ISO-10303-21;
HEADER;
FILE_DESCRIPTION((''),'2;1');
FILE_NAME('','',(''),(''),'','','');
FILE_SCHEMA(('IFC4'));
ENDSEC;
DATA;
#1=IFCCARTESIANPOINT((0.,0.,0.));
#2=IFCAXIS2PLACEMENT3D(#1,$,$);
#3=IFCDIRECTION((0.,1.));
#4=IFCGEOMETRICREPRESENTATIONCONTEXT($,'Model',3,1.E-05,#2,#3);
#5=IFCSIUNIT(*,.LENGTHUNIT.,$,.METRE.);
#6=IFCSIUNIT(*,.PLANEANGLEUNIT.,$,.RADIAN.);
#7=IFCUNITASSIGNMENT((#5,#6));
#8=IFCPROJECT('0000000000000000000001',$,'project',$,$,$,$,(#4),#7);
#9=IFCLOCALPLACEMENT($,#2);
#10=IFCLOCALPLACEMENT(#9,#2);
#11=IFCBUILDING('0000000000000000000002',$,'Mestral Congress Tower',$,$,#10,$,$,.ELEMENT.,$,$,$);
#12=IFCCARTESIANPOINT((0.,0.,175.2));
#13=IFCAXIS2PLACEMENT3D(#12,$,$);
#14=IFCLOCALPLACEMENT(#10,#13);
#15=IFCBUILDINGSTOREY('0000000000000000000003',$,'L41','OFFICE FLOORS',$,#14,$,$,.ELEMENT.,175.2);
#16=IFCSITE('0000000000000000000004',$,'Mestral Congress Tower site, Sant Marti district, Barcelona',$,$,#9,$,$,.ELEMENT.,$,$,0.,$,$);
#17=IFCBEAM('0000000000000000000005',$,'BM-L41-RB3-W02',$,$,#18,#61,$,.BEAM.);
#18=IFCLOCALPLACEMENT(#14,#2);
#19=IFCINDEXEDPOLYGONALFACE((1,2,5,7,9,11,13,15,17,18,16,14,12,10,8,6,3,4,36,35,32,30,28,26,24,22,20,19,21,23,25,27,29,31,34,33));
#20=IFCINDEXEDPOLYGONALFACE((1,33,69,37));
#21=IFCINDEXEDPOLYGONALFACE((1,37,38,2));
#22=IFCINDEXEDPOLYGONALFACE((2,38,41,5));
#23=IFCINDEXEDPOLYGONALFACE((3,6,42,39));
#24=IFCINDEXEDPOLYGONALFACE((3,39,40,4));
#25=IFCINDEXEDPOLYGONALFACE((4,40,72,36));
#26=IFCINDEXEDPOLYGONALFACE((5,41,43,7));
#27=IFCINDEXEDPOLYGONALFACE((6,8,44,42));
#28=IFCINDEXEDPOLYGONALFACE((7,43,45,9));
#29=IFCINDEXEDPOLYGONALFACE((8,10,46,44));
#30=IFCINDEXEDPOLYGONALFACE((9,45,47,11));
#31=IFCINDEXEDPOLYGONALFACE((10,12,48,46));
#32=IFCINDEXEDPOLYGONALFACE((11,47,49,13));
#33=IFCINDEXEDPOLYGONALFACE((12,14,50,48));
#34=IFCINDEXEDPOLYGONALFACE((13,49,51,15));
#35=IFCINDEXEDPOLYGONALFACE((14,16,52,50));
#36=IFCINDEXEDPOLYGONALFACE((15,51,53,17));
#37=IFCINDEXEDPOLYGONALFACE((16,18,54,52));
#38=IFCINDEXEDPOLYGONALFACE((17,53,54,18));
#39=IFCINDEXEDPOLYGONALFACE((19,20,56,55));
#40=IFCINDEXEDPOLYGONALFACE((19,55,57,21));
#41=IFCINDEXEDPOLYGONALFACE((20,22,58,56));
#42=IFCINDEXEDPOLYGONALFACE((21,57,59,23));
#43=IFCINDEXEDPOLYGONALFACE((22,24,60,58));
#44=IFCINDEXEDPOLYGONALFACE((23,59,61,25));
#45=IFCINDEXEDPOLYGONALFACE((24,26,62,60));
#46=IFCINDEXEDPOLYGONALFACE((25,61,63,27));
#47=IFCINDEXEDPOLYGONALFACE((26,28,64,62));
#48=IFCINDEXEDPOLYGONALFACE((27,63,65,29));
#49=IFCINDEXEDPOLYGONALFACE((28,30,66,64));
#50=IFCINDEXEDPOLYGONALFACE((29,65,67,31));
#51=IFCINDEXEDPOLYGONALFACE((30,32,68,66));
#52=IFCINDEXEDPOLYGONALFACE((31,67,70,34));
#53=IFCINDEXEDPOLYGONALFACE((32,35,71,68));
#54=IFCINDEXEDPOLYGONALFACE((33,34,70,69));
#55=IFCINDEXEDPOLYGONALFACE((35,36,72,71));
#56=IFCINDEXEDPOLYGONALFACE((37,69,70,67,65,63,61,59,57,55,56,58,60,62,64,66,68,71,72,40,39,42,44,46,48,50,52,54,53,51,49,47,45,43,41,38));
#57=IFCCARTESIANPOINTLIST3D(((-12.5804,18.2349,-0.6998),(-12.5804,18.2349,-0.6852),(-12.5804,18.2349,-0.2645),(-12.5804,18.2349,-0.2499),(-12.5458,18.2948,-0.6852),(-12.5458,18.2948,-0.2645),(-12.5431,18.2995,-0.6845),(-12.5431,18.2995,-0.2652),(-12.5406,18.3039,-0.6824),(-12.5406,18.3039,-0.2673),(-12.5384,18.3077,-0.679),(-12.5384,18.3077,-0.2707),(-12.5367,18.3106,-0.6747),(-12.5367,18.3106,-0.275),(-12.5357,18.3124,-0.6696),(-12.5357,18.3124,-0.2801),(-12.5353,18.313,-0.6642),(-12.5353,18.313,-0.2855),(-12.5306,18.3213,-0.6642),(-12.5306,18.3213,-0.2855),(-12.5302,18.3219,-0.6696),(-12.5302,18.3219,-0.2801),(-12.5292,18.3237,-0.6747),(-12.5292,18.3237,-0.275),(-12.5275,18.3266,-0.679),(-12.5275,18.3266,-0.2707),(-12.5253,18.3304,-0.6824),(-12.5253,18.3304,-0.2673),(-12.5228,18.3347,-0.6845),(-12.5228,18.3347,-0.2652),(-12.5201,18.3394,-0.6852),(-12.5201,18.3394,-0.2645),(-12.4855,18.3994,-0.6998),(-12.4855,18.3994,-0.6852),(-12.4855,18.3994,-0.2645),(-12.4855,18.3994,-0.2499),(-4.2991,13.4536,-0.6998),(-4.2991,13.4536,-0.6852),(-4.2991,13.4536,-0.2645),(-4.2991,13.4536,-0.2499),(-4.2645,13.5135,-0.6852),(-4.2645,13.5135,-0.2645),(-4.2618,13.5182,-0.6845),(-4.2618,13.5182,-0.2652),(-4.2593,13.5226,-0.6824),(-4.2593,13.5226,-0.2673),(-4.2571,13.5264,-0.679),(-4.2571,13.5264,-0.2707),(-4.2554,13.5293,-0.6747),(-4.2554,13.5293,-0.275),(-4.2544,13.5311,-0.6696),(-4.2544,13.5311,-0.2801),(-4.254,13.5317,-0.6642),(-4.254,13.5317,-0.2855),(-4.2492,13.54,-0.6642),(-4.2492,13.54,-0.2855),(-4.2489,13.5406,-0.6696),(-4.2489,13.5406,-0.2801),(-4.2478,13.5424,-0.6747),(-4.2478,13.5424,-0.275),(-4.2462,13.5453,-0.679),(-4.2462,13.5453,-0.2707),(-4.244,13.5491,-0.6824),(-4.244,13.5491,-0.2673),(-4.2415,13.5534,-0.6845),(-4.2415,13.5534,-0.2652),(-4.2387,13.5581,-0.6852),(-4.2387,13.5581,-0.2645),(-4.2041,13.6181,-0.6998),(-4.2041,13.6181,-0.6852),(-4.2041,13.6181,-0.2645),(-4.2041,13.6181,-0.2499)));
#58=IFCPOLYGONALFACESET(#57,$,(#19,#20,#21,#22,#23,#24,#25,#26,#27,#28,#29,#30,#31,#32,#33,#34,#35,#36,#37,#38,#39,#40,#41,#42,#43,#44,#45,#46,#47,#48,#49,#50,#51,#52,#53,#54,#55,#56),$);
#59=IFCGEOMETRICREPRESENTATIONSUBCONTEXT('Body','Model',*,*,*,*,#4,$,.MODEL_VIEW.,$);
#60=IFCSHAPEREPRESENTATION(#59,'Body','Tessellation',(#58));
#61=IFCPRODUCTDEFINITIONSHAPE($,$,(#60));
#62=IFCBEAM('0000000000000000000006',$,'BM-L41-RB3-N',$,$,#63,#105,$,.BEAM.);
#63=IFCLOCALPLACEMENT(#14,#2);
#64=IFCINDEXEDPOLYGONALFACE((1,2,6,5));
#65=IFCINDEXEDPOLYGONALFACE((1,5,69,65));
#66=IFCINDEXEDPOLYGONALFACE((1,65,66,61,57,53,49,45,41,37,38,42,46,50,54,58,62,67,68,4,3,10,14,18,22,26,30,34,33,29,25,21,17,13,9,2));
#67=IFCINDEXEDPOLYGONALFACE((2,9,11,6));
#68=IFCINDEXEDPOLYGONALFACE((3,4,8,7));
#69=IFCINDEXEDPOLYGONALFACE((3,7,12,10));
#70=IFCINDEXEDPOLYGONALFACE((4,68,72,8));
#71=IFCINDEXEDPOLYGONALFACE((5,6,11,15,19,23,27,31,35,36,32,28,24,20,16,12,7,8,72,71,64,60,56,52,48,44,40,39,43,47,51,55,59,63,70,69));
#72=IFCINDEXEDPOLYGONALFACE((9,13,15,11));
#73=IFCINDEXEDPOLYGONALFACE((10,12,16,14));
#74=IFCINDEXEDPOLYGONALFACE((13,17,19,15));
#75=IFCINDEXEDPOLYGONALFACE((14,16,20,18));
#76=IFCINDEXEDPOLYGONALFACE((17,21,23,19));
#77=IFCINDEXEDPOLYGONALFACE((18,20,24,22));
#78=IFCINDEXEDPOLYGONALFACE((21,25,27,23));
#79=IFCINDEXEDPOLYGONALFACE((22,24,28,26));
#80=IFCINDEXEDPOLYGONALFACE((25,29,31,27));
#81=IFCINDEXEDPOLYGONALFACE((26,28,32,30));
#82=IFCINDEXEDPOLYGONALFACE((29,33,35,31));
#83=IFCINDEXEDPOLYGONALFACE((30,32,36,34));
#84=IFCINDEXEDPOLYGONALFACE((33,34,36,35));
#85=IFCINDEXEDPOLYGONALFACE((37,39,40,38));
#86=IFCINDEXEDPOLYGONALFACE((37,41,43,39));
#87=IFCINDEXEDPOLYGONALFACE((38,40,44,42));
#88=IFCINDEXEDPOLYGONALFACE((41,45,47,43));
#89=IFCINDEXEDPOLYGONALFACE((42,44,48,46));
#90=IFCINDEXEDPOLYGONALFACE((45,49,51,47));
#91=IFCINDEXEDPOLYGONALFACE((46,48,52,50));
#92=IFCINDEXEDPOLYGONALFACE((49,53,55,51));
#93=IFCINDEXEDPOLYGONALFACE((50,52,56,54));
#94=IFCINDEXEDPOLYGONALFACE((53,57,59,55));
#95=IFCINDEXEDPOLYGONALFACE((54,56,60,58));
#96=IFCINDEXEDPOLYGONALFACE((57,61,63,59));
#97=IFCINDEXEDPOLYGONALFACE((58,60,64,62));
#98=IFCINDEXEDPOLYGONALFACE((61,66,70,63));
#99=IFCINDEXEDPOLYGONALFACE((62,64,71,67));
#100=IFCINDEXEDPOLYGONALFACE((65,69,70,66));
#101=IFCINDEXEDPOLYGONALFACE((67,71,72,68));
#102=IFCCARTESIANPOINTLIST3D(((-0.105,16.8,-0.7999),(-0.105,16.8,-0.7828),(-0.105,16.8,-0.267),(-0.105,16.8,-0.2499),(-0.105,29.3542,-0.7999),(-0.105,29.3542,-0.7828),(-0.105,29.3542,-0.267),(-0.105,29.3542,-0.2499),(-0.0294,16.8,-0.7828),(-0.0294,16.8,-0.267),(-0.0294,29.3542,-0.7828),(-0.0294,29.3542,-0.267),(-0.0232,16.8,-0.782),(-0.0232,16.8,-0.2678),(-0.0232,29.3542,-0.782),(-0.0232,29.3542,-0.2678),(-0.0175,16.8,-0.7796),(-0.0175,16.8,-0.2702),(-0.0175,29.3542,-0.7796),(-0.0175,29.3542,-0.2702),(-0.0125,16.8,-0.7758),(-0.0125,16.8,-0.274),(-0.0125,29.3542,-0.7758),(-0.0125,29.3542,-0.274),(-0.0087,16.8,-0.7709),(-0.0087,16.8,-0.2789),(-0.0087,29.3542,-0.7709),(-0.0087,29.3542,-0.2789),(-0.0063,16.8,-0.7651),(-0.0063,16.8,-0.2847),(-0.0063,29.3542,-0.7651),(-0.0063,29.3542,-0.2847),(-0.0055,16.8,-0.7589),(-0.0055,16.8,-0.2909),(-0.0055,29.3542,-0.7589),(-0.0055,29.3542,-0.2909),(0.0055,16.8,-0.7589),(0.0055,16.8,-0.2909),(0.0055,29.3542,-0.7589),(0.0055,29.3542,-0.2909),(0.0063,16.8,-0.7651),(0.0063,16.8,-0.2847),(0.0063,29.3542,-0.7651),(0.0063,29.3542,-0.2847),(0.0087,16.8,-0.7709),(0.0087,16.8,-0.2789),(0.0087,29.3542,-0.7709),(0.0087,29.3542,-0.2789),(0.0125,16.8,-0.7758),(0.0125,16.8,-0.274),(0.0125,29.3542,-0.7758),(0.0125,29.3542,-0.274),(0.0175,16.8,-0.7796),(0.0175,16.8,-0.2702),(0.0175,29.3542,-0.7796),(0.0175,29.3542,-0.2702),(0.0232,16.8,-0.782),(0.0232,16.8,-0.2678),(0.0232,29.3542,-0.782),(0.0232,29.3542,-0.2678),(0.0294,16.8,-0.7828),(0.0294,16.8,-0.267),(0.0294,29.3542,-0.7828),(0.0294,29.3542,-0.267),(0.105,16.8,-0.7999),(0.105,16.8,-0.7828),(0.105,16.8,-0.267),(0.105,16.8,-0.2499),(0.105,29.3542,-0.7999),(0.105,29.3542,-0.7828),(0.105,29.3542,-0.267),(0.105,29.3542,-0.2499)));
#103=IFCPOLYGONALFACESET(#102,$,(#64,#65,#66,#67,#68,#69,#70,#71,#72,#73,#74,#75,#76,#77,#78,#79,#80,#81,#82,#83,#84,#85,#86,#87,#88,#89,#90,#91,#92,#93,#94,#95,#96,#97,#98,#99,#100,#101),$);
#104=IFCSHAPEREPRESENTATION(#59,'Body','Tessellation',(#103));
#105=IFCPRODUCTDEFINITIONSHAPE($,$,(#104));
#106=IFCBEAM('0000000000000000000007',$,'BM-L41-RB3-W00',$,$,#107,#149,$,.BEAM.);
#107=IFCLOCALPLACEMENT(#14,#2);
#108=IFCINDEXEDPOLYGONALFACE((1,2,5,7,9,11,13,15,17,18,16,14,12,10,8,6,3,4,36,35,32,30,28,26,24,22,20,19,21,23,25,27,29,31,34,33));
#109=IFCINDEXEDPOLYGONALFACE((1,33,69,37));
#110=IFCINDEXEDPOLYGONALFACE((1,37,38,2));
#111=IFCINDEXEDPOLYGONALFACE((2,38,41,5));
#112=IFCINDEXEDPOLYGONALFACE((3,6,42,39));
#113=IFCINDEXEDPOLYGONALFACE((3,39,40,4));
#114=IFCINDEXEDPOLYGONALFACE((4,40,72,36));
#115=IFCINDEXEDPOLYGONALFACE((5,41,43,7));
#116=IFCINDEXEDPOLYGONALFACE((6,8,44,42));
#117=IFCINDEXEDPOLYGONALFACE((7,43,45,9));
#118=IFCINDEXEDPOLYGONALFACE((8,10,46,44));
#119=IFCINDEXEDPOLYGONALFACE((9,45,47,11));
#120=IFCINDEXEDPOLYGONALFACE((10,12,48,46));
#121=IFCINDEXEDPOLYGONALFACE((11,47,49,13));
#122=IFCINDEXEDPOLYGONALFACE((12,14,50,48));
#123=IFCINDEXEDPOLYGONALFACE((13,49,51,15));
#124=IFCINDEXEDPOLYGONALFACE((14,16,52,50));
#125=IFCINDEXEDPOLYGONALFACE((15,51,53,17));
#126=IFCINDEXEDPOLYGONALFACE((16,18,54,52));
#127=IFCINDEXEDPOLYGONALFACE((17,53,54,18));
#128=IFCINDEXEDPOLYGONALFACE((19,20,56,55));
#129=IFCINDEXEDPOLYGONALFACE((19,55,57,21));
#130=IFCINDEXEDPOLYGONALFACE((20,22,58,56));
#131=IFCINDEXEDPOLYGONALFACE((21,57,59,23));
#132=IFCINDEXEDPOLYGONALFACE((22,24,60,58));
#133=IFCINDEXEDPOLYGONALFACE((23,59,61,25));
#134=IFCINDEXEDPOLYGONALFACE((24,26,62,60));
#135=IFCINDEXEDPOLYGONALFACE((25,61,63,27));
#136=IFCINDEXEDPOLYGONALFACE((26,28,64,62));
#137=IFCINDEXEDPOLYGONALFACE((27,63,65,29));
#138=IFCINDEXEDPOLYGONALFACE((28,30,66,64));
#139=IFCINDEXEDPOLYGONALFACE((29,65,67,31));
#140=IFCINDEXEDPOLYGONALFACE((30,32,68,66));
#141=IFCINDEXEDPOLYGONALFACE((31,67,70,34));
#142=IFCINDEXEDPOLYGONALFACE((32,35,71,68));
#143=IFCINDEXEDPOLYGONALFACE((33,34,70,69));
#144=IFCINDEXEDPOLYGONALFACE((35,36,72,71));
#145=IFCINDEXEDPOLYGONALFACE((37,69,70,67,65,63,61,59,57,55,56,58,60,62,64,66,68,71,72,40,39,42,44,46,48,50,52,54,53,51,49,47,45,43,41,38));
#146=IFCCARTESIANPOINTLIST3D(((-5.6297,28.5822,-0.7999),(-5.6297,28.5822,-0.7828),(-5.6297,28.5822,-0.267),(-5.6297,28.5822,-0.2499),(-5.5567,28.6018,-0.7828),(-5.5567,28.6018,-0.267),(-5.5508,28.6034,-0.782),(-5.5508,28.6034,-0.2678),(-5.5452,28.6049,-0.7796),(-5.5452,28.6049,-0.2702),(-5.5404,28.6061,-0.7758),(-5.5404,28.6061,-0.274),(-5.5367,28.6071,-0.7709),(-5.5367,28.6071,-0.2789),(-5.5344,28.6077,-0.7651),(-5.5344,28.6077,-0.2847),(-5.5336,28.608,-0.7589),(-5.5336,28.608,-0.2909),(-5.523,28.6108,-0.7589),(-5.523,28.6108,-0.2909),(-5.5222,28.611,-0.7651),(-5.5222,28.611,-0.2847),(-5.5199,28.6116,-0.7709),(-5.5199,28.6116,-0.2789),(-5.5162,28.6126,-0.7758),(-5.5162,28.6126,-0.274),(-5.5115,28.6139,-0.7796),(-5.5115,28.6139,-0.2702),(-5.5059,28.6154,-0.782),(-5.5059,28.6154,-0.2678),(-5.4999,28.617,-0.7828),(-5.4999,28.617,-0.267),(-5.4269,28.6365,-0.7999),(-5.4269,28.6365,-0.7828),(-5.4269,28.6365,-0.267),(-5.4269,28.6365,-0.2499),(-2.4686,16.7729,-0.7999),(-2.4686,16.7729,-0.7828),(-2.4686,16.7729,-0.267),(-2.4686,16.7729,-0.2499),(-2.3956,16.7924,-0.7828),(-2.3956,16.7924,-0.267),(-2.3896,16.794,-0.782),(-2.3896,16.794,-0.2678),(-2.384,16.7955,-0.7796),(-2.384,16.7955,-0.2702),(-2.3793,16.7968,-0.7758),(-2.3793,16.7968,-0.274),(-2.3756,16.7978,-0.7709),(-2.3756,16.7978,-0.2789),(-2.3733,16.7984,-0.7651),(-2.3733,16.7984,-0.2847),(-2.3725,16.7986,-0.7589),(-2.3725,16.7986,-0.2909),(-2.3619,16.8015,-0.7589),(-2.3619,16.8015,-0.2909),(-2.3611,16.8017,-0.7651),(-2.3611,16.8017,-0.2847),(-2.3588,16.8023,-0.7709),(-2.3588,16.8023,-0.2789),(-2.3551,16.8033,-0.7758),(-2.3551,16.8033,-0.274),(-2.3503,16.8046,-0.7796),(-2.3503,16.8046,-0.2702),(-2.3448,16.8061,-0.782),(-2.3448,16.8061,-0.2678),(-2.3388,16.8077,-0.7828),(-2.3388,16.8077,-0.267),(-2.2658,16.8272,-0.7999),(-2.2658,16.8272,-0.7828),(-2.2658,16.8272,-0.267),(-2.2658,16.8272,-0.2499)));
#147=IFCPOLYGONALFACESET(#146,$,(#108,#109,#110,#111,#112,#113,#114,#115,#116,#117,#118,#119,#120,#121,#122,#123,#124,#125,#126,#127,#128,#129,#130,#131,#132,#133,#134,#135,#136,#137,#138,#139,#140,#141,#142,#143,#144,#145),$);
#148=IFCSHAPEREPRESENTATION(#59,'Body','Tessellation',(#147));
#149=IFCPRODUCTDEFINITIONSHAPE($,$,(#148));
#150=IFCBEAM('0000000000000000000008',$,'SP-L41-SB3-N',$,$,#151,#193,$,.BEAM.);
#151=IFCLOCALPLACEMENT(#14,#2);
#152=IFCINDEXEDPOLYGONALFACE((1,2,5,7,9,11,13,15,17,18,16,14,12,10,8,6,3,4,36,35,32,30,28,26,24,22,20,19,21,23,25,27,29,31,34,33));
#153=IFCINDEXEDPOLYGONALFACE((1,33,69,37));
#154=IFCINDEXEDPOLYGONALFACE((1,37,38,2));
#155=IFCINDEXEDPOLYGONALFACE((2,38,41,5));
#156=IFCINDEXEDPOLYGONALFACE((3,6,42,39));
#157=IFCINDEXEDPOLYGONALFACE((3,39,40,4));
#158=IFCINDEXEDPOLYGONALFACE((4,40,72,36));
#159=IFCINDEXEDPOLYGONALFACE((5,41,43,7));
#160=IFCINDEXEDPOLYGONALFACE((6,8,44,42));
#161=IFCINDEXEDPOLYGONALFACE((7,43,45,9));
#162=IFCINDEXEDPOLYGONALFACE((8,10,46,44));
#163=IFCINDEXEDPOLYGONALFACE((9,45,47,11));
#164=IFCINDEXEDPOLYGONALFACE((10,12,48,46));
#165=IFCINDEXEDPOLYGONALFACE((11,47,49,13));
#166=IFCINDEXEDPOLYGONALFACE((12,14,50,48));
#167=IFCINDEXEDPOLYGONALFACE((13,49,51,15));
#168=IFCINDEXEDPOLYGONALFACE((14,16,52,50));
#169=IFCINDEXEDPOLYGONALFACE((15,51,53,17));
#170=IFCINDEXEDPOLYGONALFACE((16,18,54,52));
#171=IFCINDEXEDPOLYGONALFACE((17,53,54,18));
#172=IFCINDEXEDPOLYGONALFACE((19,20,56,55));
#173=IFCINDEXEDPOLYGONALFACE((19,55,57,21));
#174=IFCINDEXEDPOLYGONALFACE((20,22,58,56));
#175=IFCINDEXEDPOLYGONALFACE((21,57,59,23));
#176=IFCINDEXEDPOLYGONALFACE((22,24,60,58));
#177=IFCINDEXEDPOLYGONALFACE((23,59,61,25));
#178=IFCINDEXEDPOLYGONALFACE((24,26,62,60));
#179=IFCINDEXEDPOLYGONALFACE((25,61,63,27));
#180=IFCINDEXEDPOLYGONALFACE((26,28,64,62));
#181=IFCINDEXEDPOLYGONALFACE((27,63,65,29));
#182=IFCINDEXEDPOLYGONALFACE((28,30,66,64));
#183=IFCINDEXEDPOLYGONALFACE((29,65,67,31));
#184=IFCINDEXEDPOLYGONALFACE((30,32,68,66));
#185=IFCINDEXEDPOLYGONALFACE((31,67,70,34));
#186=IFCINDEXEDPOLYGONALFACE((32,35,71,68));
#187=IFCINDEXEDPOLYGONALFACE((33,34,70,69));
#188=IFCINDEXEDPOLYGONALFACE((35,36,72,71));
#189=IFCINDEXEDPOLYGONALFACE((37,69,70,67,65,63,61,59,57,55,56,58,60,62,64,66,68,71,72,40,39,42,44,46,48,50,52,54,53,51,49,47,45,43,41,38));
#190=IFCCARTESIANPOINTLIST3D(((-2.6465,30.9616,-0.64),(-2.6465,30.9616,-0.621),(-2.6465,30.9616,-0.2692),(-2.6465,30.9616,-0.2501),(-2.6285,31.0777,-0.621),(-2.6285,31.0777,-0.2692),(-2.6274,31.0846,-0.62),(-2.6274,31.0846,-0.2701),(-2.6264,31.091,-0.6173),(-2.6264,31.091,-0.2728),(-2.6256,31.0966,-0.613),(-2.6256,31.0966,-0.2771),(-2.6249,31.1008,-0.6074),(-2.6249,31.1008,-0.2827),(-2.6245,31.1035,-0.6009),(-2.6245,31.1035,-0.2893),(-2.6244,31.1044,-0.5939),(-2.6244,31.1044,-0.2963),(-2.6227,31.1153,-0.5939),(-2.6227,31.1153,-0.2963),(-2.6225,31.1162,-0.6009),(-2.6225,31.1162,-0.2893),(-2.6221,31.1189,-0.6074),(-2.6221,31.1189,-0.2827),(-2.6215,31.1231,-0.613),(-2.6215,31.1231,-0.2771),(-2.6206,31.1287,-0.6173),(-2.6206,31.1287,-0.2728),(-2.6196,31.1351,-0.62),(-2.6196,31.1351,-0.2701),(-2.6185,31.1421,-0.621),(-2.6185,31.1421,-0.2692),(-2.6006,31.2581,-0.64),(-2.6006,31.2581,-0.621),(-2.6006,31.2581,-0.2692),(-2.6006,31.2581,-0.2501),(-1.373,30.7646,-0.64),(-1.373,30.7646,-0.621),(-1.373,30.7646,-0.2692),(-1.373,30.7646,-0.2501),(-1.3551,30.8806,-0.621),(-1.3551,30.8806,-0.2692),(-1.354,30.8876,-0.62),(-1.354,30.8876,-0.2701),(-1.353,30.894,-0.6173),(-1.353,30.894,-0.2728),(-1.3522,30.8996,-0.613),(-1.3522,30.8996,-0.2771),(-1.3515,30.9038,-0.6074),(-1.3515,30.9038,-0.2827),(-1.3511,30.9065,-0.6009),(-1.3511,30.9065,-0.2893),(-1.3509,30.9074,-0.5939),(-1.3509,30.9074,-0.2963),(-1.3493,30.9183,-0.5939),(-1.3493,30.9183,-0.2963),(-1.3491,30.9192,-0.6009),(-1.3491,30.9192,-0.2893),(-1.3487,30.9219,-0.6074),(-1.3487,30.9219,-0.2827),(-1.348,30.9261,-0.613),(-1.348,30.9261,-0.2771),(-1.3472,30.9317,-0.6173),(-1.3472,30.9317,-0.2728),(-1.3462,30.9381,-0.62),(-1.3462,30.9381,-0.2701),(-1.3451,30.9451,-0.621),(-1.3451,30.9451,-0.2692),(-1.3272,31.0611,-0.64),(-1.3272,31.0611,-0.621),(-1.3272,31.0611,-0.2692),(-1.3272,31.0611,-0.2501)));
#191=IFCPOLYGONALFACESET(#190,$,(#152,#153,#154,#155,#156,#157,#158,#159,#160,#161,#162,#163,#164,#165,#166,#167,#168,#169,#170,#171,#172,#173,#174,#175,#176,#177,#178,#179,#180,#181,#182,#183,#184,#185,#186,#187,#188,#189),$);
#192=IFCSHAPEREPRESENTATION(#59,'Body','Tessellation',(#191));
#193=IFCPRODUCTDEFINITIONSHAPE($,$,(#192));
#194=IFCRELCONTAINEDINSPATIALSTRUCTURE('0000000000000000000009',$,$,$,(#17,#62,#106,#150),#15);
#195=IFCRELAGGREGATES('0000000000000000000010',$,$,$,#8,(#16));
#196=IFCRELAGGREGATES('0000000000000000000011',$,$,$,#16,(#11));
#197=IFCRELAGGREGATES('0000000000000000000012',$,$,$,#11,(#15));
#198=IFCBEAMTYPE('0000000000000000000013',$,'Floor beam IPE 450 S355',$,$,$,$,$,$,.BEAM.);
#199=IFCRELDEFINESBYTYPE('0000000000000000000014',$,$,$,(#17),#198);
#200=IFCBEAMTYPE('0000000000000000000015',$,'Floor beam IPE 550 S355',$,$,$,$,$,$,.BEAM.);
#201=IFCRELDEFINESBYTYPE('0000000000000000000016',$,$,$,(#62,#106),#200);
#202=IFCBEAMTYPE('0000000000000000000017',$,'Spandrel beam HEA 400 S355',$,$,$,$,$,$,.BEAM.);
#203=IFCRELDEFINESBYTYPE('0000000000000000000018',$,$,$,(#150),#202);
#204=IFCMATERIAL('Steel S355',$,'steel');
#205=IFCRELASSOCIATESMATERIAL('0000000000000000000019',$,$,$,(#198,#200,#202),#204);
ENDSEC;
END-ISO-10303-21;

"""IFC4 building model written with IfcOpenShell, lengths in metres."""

from ifc_helpers import new_model, si_unit, direction, frame, origin, origin_2d, place, context, subcontext, project, spatial, i_section, extrude, material, material_profile, profile_set, type_object, element, save


model = new_model("IFC4")

# Units and contexts
model_context = context("Model", 3, precision=1e-05, world=origin(), true_north=direction((0.0, 1.0)))
body_context = subcontext(model_context, "Body", "Model", "MODEL_VIEW")
ifc_project = project(units=[si_unit("LENGTHUNIT", "METRE"), si_unit("PLANEANGLEUNIT", "RADIAN")], contexts=[model_context])

# Site, building, storey
site_placement = place(None, origin())
site = spatial("IfcSite", under=ifc_project, at=site_placement, Name="Mestral Congress Tower site, Sant Marti district, Barcelona", CompositionType="ELEMENT", RefElevation=0.0)
building_placement = place(site_placement, origin())
building = spatial("IfcBuilding", under=site, at=building_placement, Name="Mestral Congress Tower", CompositionType="ELEMENT")
storey_placement = place(building_placement, frame((0.0, 0.0, 175.2)))
storey = spatial("IfcBuildingStorey", under=building, at=storey_placement, Name="L41", Description="OFFICE FLOORS", CompositionType="ELEMENT", Elevation=175.2)

# Beams
ifc_material_1 = material(Name="Steel S355", Category="steel")
ifc_material_profile_1 = material_profile(ifc_material_1, i_section(OverallWidth=0.1899, OverallDepth=0.45, WebThickness=0.0095, FlangeThickness=0.0146, FilletRadius=0.021, at=origin_2d()), Name="IPE 450")
ifc_profile_set_1 = profile_set([ifc_material_profile_1], Name="Steel S355")
beam_type_1 = type_object("IfcBeamType", Name="Floor beam IPE 450 S355", PredefinedType="BEAM", material=ifc_profile_set_1)
beam_1_placement = place(storey_placement, frame((-12.533, 18.3171, -0.4749), z_axis=(0.866022, -0.500005, 0.0), x_axis=(0.500005, 0.866022, 0.0)))
element("IfcBeam", 1, at=beam_1_placement, inside=storey, type_object=beam_type_1, Name="BM-L41-RB3-W02", PredefinedType="BEAM", context=body_context, shape_type="SweptSolid", body=[
    extrude(i_section(OverallWidth=0.1899, OverallDepth=0.45, WebThickness=0.0095, FlangeThickness=0.0146, FilletRadius=0.021, at=origin_2d()), origin(), (0.0, 0.0, 1.0), 9.5625),
])
ifc_material_profile_2 = material_profile(ifc_material_1, i_section(OverallWidth=0.21, OverallDepth=0.55, WebThickness=0.011, FlangeThickness=0.0171, FilletRadius=0.0239, at=origin_2d()), Name="IPE 550")
ifc_profile_set_2 = profile_set([ifc_material_profile_2], Name="Steel S355")
beam_type_2 = type_object("IfcBeamType", Name="Floor beam IPE 550 S355", PredefinedType="BEAM", material=ifc_profile_set_2)
beam_2_placement = place(storey_placement, frame((0.0, 29.3542, -0.5249), z_axis=(0.0, -1.0, 0.0), x_axis=(1.0, 0.0, 0.0)))
element("IfcBeam", 2, at=beam_2_placement, inside=storey, type_object=beam_type_2, Name="BM-L41-RB3-N", PredefinedType="BEAM", context=body_context, shape_type="SweptSolid", body=[
    extrude(i_section(OverallWidth=0.21, OverallDepth=0.55, WebThickness=0.011, FlangeThickness=0.0171, FilletRadius=0.0239, at=origin_2d()), origin(), (0.0, 0.0, 1.0), 12.5542),
])
beam_3_placement = place(storey_placement, frame((-5.5283, 28.6094, -0.5249), z_axis=(0.258577, -0.965991, 0.0), x_axis=(0.965991, 0.258577, 0.0)))
element("IfcBeam", 3, at=beam_3_placement, inside=storey, type_object=beam_type_2, Name="BM-L41-RB3-W00", PredefinedType="BEAM", context=body_context, shape_type="SweptSolid", body=[
    extrude(i_section(OverallWidth=0.21, OverallDepth=0.55, WebThickness=0.011, FlangeThickness=0.0171, FilletRadius=0.0239, at=origin_2d()), origin(), (0.0, 0.0, 1.0), 12.2251),
])
ifc_material_profile_3 = material_profile(ifc_material_1, i_section(OverallWidth=0.3, OverallDepth=0.3899, WebThickness=0.011, FlangeThickness=0.019, FilletRadius=0.0271, at=origin_2d()), Name="HEA 400")
ifc_profile_set_3 = profile_set([ifc_material_profile_3], Name="Steel S355")
beam_type_3 = type_object("IfcBeamType", Name="Spandrel beam HEA 400 S355", PredefinedType="BEAM", material=ifc_profile_set_3)
beam_4_placement = place(storey_placement, frame((-1.3501, 30.9128, -0.4451), z_axis=(-0.988242, 0.152897, 0.0), x_axis=(-0.152897, -0.988242, 0.0)))
element("IfcBeam", 4, at=beam_4_placement, inside=storey, type_object=beam_type_3, Name="SP-L41-SB3-N", PredefinedType="BEAM", context=body_context, shape_type="SweptSolid", body=[
    extrude(i_section(OverallWidth=0.3, OverallDepth=0.3899, WebThickness=0.011, FlangeThickness=0.019, FilletRadius=0.0271, at=origin_2d()), origin(), (0.0, 0.0, 1.0), 1.2886),
])

save(model, "model.ifc")
